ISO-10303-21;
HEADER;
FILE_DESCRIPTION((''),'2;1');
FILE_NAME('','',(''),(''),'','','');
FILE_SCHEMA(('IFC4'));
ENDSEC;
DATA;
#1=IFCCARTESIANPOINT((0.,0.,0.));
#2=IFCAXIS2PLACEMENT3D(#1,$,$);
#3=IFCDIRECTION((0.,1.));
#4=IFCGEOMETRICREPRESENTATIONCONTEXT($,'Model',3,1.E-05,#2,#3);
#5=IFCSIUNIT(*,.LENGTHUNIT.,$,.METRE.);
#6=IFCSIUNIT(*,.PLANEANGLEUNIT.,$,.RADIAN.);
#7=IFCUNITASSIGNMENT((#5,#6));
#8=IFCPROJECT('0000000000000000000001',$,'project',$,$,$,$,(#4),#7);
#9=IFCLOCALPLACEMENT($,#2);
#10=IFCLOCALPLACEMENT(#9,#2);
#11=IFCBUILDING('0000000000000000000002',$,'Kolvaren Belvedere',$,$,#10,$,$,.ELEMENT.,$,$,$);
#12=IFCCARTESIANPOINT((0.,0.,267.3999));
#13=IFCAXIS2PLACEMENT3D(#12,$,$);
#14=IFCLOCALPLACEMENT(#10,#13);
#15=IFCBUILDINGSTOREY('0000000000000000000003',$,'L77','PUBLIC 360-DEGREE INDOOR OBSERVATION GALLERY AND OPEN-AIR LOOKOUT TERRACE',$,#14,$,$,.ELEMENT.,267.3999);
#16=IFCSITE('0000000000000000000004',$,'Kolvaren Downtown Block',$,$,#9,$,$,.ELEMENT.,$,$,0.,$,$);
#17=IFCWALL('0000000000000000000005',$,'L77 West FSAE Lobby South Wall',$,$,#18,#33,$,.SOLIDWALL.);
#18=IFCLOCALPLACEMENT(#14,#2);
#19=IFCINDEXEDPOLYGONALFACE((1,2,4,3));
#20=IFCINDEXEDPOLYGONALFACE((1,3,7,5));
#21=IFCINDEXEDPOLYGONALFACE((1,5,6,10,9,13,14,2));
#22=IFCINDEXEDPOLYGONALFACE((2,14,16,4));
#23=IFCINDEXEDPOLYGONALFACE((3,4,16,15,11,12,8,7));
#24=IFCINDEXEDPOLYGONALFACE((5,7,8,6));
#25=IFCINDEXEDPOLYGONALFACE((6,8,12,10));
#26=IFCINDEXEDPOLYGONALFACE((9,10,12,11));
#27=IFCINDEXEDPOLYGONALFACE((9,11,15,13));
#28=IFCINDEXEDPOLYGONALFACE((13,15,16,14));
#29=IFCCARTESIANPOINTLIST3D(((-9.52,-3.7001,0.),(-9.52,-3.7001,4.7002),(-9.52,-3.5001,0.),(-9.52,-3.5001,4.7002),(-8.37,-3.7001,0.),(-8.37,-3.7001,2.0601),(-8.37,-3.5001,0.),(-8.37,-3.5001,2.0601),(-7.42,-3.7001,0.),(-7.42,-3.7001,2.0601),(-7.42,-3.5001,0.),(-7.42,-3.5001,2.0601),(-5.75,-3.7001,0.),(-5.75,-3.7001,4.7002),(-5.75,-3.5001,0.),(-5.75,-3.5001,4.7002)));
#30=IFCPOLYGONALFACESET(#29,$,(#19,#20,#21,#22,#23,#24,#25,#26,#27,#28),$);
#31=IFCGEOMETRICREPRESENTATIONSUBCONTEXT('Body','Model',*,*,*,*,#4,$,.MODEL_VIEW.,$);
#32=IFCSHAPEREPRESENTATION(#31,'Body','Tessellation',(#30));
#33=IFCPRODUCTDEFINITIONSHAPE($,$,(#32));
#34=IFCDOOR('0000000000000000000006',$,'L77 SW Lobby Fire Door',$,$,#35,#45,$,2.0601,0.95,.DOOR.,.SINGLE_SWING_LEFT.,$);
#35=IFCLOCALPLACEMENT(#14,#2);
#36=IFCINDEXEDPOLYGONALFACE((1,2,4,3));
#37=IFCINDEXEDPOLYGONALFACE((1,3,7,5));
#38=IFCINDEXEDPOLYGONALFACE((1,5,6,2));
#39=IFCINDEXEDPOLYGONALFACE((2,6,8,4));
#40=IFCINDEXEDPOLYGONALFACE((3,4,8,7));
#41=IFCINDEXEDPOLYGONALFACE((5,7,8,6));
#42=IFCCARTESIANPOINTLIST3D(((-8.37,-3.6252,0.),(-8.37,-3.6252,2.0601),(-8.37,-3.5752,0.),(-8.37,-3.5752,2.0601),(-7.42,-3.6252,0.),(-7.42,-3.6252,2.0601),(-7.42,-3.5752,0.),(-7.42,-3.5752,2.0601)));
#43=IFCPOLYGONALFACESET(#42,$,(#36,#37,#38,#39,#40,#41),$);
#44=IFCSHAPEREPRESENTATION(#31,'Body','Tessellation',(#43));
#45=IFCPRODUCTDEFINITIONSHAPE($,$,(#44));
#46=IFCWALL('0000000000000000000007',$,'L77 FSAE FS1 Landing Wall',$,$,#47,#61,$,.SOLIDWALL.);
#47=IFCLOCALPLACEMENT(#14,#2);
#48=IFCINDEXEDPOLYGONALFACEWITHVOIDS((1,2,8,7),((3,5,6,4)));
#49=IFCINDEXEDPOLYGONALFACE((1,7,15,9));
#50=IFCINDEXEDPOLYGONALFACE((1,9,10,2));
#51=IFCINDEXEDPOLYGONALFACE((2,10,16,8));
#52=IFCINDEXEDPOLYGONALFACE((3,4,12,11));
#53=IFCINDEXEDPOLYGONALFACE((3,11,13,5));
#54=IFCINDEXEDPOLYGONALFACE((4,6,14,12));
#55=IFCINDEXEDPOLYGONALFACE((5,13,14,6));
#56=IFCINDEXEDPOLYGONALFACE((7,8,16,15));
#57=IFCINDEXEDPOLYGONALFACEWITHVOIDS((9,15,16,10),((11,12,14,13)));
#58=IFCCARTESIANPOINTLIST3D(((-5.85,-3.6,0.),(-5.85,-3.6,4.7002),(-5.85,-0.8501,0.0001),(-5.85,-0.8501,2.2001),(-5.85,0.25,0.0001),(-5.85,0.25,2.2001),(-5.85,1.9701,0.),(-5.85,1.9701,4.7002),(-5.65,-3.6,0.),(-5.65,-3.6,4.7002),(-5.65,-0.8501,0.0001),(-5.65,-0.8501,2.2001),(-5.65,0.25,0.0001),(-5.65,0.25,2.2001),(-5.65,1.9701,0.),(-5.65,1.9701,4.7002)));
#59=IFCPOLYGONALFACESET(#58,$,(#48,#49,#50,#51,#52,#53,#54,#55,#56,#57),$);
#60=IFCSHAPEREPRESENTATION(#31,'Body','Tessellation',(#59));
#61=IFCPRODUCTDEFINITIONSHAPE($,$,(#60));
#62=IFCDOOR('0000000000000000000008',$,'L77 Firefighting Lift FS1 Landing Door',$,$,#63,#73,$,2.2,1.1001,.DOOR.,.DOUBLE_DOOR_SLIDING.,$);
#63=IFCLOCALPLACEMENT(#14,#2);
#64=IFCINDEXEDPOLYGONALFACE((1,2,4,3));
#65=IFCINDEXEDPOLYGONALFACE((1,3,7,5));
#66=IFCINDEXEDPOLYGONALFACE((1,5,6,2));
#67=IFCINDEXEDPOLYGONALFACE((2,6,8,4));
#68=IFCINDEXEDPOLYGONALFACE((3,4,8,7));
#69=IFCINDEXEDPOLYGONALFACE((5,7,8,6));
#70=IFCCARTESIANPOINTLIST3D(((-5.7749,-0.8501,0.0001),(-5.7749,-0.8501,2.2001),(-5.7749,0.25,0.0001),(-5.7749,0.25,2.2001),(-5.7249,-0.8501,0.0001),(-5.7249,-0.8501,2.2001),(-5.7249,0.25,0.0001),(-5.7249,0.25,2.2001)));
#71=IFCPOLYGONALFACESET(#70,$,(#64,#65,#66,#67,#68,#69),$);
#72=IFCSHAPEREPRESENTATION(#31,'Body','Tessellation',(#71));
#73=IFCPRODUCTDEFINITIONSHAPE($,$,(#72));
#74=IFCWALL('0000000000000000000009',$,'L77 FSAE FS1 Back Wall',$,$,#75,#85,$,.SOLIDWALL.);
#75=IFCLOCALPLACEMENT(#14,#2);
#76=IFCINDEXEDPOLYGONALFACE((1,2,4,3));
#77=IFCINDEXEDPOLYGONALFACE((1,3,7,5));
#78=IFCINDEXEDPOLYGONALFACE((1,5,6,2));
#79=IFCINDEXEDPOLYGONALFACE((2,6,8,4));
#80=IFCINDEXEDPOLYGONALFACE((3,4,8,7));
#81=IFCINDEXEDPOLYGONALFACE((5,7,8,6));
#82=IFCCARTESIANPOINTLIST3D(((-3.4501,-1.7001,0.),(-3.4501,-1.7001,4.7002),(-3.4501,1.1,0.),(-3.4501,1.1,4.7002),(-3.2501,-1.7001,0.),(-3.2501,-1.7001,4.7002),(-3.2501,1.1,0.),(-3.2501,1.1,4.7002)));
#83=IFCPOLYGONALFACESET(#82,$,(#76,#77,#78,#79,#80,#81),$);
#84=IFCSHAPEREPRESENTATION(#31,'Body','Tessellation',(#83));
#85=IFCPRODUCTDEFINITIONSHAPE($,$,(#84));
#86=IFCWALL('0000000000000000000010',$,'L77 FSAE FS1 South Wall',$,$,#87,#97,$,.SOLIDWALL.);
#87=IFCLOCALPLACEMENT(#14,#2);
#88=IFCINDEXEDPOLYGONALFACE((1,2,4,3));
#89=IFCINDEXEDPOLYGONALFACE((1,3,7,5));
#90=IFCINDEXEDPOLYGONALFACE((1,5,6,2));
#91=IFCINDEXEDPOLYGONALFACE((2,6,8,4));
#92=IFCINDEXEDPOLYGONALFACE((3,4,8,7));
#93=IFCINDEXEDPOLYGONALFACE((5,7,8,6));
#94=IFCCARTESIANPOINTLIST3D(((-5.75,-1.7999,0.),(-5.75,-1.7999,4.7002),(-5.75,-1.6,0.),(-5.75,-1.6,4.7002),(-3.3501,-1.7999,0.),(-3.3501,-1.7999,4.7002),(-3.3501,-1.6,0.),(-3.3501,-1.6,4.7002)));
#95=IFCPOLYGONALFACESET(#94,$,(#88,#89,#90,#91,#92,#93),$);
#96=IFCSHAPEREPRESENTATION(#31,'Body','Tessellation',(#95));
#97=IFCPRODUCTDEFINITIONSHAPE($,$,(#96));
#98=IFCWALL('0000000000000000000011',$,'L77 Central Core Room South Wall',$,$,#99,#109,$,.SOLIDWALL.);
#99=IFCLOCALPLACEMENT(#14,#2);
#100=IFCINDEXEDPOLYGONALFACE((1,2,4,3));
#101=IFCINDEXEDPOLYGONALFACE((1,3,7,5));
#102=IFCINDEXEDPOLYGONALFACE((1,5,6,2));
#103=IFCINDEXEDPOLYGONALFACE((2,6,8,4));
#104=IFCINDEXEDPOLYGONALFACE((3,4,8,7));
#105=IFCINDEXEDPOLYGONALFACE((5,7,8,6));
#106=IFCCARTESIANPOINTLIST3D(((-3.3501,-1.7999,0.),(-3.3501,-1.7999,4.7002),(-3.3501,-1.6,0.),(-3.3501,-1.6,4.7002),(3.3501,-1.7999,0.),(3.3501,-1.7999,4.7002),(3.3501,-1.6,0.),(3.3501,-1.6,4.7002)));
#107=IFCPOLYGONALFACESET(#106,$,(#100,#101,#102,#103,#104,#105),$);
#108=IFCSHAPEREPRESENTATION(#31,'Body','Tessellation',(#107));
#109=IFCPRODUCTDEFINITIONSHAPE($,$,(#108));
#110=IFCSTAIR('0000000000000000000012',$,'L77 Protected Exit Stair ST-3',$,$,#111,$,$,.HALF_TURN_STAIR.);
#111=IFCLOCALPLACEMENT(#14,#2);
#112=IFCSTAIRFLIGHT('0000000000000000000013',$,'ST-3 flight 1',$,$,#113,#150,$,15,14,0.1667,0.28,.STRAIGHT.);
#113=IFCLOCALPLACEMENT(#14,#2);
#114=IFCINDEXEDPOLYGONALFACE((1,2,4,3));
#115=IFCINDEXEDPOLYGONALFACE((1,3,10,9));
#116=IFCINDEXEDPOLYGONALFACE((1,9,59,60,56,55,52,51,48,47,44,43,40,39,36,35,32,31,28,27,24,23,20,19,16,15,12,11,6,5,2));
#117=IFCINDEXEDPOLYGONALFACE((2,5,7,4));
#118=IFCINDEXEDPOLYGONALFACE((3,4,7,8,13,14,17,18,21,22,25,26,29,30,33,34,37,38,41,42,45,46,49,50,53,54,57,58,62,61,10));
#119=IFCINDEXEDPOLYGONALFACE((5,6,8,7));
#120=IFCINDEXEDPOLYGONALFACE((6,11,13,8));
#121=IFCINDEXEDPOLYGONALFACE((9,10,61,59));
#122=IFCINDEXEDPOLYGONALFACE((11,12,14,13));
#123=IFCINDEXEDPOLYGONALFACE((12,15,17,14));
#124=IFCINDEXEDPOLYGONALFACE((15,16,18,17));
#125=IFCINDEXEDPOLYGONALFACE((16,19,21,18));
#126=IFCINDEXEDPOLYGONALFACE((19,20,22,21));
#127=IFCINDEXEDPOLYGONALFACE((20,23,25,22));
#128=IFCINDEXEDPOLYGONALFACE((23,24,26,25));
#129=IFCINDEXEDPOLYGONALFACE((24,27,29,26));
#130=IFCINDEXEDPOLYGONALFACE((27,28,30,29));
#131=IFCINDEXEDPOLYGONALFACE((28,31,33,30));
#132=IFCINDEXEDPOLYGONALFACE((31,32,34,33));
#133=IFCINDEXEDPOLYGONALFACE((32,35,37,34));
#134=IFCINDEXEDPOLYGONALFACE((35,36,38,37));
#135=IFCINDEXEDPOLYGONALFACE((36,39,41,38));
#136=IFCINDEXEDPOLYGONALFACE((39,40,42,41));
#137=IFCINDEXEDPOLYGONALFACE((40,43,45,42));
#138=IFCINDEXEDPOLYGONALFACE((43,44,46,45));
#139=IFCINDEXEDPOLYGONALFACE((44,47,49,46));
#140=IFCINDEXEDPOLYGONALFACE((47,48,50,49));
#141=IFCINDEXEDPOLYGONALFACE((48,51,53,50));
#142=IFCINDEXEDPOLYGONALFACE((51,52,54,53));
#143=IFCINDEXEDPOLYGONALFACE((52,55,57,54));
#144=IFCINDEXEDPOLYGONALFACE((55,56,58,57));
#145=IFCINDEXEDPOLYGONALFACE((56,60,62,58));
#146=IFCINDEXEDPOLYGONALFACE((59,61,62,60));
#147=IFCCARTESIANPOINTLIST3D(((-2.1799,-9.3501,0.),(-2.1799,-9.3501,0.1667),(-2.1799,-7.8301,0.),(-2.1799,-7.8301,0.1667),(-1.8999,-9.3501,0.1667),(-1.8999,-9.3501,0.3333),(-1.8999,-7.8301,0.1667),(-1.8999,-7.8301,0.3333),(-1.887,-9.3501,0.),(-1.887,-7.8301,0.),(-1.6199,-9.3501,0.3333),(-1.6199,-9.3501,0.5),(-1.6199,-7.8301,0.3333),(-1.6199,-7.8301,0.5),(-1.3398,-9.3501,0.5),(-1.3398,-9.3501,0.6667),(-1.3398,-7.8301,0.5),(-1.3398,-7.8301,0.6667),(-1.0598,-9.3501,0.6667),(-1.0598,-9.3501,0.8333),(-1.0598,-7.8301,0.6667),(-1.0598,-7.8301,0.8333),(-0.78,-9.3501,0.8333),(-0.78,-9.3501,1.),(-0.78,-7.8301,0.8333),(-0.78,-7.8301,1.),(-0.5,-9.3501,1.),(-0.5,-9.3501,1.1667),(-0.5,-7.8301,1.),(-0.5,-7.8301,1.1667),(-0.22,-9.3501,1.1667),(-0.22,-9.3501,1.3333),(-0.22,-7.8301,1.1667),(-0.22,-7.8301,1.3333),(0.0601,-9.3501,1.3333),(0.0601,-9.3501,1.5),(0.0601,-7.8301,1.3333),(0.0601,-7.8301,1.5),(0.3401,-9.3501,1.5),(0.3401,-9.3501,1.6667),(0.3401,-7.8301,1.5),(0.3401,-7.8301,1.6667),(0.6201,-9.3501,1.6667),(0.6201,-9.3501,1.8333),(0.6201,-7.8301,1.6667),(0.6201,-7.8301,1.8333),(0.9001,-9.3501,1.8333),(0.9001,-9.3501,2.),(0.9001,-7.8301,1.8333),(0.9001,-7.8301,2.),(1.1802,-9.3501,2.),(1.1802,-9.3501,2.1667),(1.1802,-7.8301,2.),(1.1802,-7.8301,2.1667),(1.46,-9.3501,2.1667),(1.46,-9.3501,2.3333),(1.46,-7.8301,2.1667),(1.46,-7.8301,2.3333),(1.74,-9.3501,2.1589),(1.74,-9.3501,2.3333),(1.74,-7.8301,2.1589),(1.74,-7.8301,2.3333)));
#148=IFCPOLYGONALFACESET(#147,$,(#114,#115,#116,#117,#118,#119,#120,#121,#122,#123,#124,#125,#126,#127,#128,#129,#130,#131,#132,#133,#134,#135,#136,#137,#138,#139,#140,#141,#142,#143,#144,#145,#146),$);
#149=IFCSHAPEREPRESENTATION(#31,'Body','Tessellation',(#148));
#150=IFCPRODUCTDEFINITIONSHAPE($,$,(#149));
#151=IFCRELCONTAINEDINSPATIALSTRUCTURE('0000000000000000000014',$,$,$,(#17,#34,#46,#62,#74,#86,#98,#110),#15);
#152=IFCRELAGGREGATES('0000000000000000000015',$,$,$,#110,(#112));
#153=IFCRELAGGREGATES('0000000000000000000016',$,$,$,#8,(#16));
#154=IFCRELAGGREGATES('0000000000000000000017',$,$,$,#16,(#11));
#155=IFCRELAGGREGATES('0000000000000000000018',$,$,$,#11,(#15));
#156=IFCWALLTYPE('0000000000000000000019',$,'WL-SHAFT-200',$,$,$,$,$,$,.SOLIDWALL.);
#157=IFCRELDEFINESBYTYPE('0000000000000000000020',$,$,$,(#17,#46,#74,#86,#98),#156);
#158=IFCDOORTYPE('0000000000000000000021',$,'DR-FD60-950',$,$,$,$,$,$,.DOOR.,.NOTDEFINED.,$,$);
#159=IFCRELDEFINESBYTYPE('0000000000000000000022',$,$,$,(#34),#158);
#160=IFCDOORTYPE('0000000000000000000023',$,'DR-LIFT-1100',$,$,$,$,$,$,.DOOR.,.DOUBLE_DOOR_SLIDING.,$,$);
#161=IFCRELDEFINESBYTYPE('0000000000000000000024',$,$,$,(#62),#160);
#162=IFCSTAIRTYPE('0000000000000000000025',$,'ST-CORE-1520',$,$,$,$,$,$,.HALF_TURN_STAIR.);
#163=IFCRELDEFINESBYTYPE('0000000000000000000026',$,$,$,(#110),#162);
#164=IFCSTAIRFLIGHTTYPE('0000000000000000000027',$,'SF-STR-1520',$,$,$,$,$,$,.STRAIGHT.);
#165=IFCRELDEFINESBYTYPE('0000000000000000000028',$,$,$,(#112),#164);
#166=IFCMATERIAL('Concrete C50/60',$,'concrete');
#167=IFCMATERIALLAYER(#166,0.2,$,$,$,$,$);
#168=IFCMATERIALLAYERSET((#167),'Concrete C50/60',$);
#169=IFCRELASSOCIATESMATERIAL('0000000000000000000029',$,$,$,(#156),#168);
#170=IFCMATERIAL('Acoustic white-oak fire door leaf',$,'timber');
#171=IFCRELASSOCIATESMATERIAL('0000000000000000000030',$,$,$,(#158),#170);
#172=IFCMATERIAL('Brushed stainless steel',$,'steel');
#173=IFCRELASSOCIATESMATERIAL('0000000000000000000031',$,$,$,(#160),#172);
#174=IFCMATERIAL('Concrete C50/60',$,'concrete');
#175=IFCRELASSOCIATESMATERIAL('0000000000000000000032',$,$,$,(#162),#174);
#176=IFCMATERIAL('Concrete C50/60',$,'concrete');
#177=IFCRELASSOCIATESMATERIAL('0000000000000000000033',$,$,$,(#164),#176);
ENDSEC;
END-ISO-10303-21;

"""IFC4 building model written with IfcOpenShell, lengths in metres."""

from ifc_helpers import new_model, si_unit, direction, frame, frame_2d, origin, place, context, subcontext, project, spatial, polyline, rectangle, outline, extrude, material, layer, layer_set, type_object, element, fill, aggregate, save


model = new_model("IFC4")

# Units and contexts
model_context = context("Model", 3, precision=1e-05, world=origin(), true_north=direction((0.0, 1.0)))
body_context = subcontext(model_context, "Body", "Model", "MODEL_VIEW")
ifc_project = project(units=[si_unit("LENGTHUNIT", "METRE"), si_unit("PLANEANGLEUNIT", "RADIAN")], contexts=[model_context])

# Site, building, storey
site_placement = place(None, origin())
site = spatial("IfcSite", under=ifc_project, at=site_placement, Name="Kolvaren Downtown Block", CompositionType="ELEMENT", RefElevation=0.0)
building_placement = place(site_placement, origin())
building = spatial("IfcBuilding", under=site, at=building_placement, Name="Kolvaren Belvedere", CompositionType="ELEMENT")
storey_placement = place(building_placement, frame((0.0, 0.0, 267.3999)))
storey = spatial("IfcBuildingStorey", under=building, at=storey_placement, Name="L77", Description="PUBLIC 360-DEGREE INDOOR OBSERVATION GALLERY AND OPEN-AIR LOOKOUT TERRACE", CompositionType="ELEMENT", Elevation=267.3999)

# Walls, openings, doors
ifc_material_1 = material(Name="Concrete C50/60", Category="concrete")
ifc_layer_1 = layer(ifc_material_1, 0.2)
ifc_layer_set_1 = layer_set([ifc_layer_1], Name="Concrete C50/60")
wall_type_1 = type_object("IfcWallType", Name="WL-SHAFT-200", PredefinedType="SOLIDWALL", material=ifc_layer_set_1)
wall_1_placement = place(storey_placement, frame((-9.52, -3.6001, 0.0), z_axis=(0.0, 0.0, 1.0), x_axis=(1.0, 0.0, 0.0)))
wall_1 = element("IfcWall", 1, at=wall_1_placement, inside=storey, type_object=wall_type_1, Name="L77 West FSAE Lobby South Wall", PredefinedType="SOLIDWALL", context=body_context, shape_type="SweptSolid", body=[
    extrude(rectangle(XDim=3.77, YDim=0.2, at=frame_2d((1.885, 0.0))), origin(), (0.0, 0.0, 1.0), 4.7002),
])
opening_1_placement = place(wall_1_placement, frame((1.1499, 0.0, 0.0)))
opening_1 = element("IfcOpeningElement", 2, at=opening_1_placement, cuts=wall_1, PredefinedType="OPENING", context=body_context, shape_type="SweptSolid", body=[
    extrude(rectangle(XDim=0.95, YDim=2.0601, at=frame_2d((0.4751, 1.03))), frame((0.0, 0.1099, 0.0), z_axis=(0.0, -1.0, 0.0), x_axis=(1.0, 0.0, 0.0)), (0.0, 0.0, 1.0), 0.22),
])
ifc_material_2 = material(Name="Acoustic white-oak fire door leaf", Category="timber")
door_type_1 = type_object("IfcDoorType", Name="DR-FD60-950", OperationType="NOTDEFINED", PredefinedType="DOOR", material=ifc_material_2)
door_1_placement = place(opening_1_placement, origin())
door_1 = element("IfcDoor", 3, at=door_1_placement, inside=storey, type_object=door_type_1, Name="L77 SW Lobby Fire Door", OperationType="SINGLE_SWING_LEFT", OverallHeight=2.0601, OverallWidth=0.95, PredefinedType="DOOR", context=body_context, shape_type="SweptSolid", body=[
    extrude(rectangle(XDim=0.95, YDim=2.0601, at=frame_2d((0.4751, 1.03))), frame((0.0, 0.0249, 0.0), z_axis=(0.0, -1.0, 0.0), x_axis=(1.0, 0.0, 0.0)), (0.0, 0.0, 1.0), 0.05),
])
fill(opening_1, door_1)
wall_2_placement = place(storey_placement, frame((-5.75, -3.6001, 0.0), z_axis=(0.0, 0.0, 1.0), x_axis=(0.0, 1.0, 0.0)))
wall_2 = element("IfcWall", 4, at=wall_2_placement, inside=storey, type_object=wall_type_1, Name="L77 FSAE FS1 Landing Wall", PredefinedType="SOLIDWALL", context=body_context, shape_type="SweptSolid", body=[
    extrude(rectangle(XDim=5.5701, YDim=0.2, at=frame_2d((2.7852, 0.0))), origin(), (0.0, 0.0, 1.0), 4.7002),
])
opening_2_placement = place(wall_2_placement, frame((2.75, 0.0, 0.0)))
opening_2 = element("IfcOpeningElement", 5, at=opening_2_placement, cuts=wall_2, PredefinedType="OPENING", context=body_context, shape_type="SweptSolid", body=[
    extrude(rectangle(XDim=1.1001, YDim=2.2, at=frame_2d((0.55, 1.1001))), frame((0.0, 0.1099, 0.0), z_axis=(0.0, -1.0, 0.0), x_axis=(1.0, 0.0, 0.0)), (0.0, 0.0, 1.0), 0.22),
])
ifc_material_3 = material(Name="Brushed stainless steel", Category="steel")
door_type_2 = type_object("IfcDoorType", Name="DR-LIFT-1100", OperationType="DOUBLE_DOOR_SLIDING", PredefinedType="DOOR", material=ifc_material_3)
door_2_placement = place(opening_2_placement, origin())
door_2 = element("IfcDoor", 6, at=door_2_placement, inside=storey, type_object=door_type_2, Name="L77 Firefighting Lift FS1 Landing Door", OperationType="DOUBLE_DOOR_SLIDING", OverallHeight=2.2, OverallWidth=1.1001, PredefinedType="DOOR", context=body_context, shape_type="SweptSolid", body=[
    extrude(rectangle(XDim=1.1001, YDim=2.2, at=frame_2d((0.55, 1.1001))), frame((0.0, 0.0249, 0.0), z_axis=(0.0, -1.0, 0.0), x_axis=(1.0, 0.0, 0.0)), (0.0, 0.0, 1.0), 0.05),
])
fill(opening_2, door_2)

# Walls
wall_3_placement = place(storey_placement, frame((-3.3501, -1.7, 0.0), z_axis=(0.0, 0.0, 1.0), x_axis=(0.0, 1.0, 0.0)))
element("IfcWall", 7, at=wall_3_placement, inside=storey, type_object=wall_type_1, Name="L77 FSAE FS1 Back Wall", PredefinedType="SOLIDWALL", context=body_context, shape_type="SweptSolid", body=[
    extrude(rectangle(XDim=2.8, YDim=0.2, at=frame_2d((1.3999, 0.0))), origin(), (0.0, 0.0, 1.0), 4.7002),
])
wall_4_placement = place(storey_placement, frame((-5.75, -1.7, 0.0), z_axis=(0.0, 0.0, 1.0), x_axis=(1.0, 0.0, 0.0)))
element("IfcWall", 8, at=wall_4_placement, inside=storey, type_object=wall_type_1, Name="L77 FSAE FS1 South Wall", PredefinedType="SOLIDWALL", context=body_context, shape_type="SweptSolid", body=[
    extrude(rectangle(XDim=2.3999, YDim=0.2, at=frame_2d((1.2, 0.0))), origin(), (0.0, 0.0, 1.0), 4.7002),
])
wall_5_placement = place(storey_placement, frame((-3.3501, -1.7, 0.0), z_axis=(0.0, 0.0, 1.0), x_axis=(1.0, 0.0, 0.0)))
element("IfcWall", 9, at=wall_5_placement, inside=storey, type_object=wall_type_1, Name="L77 Central Core Room South Wall", PredefinedType="SOLIDWALL", context=body_context, shape_type="SweptSolid", body=[
    extrude(rectangle(XDim=6.7002, YDim=0.2, at=frame_2d((3.3501, 0.0))), origin(), (0.0, 0.0, 1.0), 4.7002),
])

# Stair, stair flight
ifc_material_4 = material(Name="Concrete C50/60", Category="concrete")
stair_type = type_object("IfcStairType", Name="ST-CORE-1520", PredefinedType="HALF_TURN_STAIR", material=ifc_material_4)
stair_placement = place(storey_placement, origin())
stair = element("IfcStair", 10, at=stair_placement, inside=storey, type_object=stair_type, Name="L77 Protected Exit Stair ST-3", PredefinedType="HALF_TURN_STAIR")
ifc_material_5 = material(Name="Concrete C50/60", Category="concrete")
stair_flight_type = type_object("IfcStairFlightType", Name="SF-STR-1520", PredefinedType="STRAIGHT", material=ifc_material_5)
stair_flight_placement = place(storey_placement, frame((-2.1799, -8.5901, 0.0), z_axis=(0.0, 0.0, 1.0), x_axis=(1.0, 0.0, 0.0)))
stair_flight = element("IfcStairFlight", 11, at=stair_flight_placement, type_object=stair_flight_type, Name="ST-3 flight 1", NumberOfRisers=15, NumberOfTreads=14, PredefinedType="STRAIGHT", RiserHeight=0.1667, TreadLength=0.28, context=body_context, shape_type="SweptSolid", body=[
    extrude(outline(polyline([(0.0, 0.0), (0.0, 0.1667), (0.28, 0.1667), (0.28, 0.3333), (0.5601, 0.3333), (0.5601, 0.5), (0.8401, 0.5), (0.8401, 0.6667), (1.1201, 0.6667), (1.1201, 0.8333), (1.3999, 0.8333), (1.3999, 1.0), (1.6799, 1.0), (1.6799, 1.1667), (1.96, 1.1667), (1.96, 1.3333), (2.24, 1.3333), (2.24, 1.5), (2.52, 1.5), (2.52, 1.6667), (2.8, 1.6667), (2.8, 1.8333), (3.0801, 1.8333), (3.0801, 2.0), (3.3601, 2.0), (3.3601, 2.1667), (3.6399, 2.1667), (3.6399, 2.3333), (3.9199, 2.3333), (3.9199, 2.5), (3.9199, 2.1589), (0.293, 0.0), (0.0, 0.0)])), frame((0.0, 0.76, 0.0), z_axis=(0.0, -1.0, 0.0), x_axis=(1.0, 0.0, 0.0)), (0.0, 0.0, 1.0), 1.52),
])
aggregate(stair, [stair_flight])

save(model, "model.ifc")
